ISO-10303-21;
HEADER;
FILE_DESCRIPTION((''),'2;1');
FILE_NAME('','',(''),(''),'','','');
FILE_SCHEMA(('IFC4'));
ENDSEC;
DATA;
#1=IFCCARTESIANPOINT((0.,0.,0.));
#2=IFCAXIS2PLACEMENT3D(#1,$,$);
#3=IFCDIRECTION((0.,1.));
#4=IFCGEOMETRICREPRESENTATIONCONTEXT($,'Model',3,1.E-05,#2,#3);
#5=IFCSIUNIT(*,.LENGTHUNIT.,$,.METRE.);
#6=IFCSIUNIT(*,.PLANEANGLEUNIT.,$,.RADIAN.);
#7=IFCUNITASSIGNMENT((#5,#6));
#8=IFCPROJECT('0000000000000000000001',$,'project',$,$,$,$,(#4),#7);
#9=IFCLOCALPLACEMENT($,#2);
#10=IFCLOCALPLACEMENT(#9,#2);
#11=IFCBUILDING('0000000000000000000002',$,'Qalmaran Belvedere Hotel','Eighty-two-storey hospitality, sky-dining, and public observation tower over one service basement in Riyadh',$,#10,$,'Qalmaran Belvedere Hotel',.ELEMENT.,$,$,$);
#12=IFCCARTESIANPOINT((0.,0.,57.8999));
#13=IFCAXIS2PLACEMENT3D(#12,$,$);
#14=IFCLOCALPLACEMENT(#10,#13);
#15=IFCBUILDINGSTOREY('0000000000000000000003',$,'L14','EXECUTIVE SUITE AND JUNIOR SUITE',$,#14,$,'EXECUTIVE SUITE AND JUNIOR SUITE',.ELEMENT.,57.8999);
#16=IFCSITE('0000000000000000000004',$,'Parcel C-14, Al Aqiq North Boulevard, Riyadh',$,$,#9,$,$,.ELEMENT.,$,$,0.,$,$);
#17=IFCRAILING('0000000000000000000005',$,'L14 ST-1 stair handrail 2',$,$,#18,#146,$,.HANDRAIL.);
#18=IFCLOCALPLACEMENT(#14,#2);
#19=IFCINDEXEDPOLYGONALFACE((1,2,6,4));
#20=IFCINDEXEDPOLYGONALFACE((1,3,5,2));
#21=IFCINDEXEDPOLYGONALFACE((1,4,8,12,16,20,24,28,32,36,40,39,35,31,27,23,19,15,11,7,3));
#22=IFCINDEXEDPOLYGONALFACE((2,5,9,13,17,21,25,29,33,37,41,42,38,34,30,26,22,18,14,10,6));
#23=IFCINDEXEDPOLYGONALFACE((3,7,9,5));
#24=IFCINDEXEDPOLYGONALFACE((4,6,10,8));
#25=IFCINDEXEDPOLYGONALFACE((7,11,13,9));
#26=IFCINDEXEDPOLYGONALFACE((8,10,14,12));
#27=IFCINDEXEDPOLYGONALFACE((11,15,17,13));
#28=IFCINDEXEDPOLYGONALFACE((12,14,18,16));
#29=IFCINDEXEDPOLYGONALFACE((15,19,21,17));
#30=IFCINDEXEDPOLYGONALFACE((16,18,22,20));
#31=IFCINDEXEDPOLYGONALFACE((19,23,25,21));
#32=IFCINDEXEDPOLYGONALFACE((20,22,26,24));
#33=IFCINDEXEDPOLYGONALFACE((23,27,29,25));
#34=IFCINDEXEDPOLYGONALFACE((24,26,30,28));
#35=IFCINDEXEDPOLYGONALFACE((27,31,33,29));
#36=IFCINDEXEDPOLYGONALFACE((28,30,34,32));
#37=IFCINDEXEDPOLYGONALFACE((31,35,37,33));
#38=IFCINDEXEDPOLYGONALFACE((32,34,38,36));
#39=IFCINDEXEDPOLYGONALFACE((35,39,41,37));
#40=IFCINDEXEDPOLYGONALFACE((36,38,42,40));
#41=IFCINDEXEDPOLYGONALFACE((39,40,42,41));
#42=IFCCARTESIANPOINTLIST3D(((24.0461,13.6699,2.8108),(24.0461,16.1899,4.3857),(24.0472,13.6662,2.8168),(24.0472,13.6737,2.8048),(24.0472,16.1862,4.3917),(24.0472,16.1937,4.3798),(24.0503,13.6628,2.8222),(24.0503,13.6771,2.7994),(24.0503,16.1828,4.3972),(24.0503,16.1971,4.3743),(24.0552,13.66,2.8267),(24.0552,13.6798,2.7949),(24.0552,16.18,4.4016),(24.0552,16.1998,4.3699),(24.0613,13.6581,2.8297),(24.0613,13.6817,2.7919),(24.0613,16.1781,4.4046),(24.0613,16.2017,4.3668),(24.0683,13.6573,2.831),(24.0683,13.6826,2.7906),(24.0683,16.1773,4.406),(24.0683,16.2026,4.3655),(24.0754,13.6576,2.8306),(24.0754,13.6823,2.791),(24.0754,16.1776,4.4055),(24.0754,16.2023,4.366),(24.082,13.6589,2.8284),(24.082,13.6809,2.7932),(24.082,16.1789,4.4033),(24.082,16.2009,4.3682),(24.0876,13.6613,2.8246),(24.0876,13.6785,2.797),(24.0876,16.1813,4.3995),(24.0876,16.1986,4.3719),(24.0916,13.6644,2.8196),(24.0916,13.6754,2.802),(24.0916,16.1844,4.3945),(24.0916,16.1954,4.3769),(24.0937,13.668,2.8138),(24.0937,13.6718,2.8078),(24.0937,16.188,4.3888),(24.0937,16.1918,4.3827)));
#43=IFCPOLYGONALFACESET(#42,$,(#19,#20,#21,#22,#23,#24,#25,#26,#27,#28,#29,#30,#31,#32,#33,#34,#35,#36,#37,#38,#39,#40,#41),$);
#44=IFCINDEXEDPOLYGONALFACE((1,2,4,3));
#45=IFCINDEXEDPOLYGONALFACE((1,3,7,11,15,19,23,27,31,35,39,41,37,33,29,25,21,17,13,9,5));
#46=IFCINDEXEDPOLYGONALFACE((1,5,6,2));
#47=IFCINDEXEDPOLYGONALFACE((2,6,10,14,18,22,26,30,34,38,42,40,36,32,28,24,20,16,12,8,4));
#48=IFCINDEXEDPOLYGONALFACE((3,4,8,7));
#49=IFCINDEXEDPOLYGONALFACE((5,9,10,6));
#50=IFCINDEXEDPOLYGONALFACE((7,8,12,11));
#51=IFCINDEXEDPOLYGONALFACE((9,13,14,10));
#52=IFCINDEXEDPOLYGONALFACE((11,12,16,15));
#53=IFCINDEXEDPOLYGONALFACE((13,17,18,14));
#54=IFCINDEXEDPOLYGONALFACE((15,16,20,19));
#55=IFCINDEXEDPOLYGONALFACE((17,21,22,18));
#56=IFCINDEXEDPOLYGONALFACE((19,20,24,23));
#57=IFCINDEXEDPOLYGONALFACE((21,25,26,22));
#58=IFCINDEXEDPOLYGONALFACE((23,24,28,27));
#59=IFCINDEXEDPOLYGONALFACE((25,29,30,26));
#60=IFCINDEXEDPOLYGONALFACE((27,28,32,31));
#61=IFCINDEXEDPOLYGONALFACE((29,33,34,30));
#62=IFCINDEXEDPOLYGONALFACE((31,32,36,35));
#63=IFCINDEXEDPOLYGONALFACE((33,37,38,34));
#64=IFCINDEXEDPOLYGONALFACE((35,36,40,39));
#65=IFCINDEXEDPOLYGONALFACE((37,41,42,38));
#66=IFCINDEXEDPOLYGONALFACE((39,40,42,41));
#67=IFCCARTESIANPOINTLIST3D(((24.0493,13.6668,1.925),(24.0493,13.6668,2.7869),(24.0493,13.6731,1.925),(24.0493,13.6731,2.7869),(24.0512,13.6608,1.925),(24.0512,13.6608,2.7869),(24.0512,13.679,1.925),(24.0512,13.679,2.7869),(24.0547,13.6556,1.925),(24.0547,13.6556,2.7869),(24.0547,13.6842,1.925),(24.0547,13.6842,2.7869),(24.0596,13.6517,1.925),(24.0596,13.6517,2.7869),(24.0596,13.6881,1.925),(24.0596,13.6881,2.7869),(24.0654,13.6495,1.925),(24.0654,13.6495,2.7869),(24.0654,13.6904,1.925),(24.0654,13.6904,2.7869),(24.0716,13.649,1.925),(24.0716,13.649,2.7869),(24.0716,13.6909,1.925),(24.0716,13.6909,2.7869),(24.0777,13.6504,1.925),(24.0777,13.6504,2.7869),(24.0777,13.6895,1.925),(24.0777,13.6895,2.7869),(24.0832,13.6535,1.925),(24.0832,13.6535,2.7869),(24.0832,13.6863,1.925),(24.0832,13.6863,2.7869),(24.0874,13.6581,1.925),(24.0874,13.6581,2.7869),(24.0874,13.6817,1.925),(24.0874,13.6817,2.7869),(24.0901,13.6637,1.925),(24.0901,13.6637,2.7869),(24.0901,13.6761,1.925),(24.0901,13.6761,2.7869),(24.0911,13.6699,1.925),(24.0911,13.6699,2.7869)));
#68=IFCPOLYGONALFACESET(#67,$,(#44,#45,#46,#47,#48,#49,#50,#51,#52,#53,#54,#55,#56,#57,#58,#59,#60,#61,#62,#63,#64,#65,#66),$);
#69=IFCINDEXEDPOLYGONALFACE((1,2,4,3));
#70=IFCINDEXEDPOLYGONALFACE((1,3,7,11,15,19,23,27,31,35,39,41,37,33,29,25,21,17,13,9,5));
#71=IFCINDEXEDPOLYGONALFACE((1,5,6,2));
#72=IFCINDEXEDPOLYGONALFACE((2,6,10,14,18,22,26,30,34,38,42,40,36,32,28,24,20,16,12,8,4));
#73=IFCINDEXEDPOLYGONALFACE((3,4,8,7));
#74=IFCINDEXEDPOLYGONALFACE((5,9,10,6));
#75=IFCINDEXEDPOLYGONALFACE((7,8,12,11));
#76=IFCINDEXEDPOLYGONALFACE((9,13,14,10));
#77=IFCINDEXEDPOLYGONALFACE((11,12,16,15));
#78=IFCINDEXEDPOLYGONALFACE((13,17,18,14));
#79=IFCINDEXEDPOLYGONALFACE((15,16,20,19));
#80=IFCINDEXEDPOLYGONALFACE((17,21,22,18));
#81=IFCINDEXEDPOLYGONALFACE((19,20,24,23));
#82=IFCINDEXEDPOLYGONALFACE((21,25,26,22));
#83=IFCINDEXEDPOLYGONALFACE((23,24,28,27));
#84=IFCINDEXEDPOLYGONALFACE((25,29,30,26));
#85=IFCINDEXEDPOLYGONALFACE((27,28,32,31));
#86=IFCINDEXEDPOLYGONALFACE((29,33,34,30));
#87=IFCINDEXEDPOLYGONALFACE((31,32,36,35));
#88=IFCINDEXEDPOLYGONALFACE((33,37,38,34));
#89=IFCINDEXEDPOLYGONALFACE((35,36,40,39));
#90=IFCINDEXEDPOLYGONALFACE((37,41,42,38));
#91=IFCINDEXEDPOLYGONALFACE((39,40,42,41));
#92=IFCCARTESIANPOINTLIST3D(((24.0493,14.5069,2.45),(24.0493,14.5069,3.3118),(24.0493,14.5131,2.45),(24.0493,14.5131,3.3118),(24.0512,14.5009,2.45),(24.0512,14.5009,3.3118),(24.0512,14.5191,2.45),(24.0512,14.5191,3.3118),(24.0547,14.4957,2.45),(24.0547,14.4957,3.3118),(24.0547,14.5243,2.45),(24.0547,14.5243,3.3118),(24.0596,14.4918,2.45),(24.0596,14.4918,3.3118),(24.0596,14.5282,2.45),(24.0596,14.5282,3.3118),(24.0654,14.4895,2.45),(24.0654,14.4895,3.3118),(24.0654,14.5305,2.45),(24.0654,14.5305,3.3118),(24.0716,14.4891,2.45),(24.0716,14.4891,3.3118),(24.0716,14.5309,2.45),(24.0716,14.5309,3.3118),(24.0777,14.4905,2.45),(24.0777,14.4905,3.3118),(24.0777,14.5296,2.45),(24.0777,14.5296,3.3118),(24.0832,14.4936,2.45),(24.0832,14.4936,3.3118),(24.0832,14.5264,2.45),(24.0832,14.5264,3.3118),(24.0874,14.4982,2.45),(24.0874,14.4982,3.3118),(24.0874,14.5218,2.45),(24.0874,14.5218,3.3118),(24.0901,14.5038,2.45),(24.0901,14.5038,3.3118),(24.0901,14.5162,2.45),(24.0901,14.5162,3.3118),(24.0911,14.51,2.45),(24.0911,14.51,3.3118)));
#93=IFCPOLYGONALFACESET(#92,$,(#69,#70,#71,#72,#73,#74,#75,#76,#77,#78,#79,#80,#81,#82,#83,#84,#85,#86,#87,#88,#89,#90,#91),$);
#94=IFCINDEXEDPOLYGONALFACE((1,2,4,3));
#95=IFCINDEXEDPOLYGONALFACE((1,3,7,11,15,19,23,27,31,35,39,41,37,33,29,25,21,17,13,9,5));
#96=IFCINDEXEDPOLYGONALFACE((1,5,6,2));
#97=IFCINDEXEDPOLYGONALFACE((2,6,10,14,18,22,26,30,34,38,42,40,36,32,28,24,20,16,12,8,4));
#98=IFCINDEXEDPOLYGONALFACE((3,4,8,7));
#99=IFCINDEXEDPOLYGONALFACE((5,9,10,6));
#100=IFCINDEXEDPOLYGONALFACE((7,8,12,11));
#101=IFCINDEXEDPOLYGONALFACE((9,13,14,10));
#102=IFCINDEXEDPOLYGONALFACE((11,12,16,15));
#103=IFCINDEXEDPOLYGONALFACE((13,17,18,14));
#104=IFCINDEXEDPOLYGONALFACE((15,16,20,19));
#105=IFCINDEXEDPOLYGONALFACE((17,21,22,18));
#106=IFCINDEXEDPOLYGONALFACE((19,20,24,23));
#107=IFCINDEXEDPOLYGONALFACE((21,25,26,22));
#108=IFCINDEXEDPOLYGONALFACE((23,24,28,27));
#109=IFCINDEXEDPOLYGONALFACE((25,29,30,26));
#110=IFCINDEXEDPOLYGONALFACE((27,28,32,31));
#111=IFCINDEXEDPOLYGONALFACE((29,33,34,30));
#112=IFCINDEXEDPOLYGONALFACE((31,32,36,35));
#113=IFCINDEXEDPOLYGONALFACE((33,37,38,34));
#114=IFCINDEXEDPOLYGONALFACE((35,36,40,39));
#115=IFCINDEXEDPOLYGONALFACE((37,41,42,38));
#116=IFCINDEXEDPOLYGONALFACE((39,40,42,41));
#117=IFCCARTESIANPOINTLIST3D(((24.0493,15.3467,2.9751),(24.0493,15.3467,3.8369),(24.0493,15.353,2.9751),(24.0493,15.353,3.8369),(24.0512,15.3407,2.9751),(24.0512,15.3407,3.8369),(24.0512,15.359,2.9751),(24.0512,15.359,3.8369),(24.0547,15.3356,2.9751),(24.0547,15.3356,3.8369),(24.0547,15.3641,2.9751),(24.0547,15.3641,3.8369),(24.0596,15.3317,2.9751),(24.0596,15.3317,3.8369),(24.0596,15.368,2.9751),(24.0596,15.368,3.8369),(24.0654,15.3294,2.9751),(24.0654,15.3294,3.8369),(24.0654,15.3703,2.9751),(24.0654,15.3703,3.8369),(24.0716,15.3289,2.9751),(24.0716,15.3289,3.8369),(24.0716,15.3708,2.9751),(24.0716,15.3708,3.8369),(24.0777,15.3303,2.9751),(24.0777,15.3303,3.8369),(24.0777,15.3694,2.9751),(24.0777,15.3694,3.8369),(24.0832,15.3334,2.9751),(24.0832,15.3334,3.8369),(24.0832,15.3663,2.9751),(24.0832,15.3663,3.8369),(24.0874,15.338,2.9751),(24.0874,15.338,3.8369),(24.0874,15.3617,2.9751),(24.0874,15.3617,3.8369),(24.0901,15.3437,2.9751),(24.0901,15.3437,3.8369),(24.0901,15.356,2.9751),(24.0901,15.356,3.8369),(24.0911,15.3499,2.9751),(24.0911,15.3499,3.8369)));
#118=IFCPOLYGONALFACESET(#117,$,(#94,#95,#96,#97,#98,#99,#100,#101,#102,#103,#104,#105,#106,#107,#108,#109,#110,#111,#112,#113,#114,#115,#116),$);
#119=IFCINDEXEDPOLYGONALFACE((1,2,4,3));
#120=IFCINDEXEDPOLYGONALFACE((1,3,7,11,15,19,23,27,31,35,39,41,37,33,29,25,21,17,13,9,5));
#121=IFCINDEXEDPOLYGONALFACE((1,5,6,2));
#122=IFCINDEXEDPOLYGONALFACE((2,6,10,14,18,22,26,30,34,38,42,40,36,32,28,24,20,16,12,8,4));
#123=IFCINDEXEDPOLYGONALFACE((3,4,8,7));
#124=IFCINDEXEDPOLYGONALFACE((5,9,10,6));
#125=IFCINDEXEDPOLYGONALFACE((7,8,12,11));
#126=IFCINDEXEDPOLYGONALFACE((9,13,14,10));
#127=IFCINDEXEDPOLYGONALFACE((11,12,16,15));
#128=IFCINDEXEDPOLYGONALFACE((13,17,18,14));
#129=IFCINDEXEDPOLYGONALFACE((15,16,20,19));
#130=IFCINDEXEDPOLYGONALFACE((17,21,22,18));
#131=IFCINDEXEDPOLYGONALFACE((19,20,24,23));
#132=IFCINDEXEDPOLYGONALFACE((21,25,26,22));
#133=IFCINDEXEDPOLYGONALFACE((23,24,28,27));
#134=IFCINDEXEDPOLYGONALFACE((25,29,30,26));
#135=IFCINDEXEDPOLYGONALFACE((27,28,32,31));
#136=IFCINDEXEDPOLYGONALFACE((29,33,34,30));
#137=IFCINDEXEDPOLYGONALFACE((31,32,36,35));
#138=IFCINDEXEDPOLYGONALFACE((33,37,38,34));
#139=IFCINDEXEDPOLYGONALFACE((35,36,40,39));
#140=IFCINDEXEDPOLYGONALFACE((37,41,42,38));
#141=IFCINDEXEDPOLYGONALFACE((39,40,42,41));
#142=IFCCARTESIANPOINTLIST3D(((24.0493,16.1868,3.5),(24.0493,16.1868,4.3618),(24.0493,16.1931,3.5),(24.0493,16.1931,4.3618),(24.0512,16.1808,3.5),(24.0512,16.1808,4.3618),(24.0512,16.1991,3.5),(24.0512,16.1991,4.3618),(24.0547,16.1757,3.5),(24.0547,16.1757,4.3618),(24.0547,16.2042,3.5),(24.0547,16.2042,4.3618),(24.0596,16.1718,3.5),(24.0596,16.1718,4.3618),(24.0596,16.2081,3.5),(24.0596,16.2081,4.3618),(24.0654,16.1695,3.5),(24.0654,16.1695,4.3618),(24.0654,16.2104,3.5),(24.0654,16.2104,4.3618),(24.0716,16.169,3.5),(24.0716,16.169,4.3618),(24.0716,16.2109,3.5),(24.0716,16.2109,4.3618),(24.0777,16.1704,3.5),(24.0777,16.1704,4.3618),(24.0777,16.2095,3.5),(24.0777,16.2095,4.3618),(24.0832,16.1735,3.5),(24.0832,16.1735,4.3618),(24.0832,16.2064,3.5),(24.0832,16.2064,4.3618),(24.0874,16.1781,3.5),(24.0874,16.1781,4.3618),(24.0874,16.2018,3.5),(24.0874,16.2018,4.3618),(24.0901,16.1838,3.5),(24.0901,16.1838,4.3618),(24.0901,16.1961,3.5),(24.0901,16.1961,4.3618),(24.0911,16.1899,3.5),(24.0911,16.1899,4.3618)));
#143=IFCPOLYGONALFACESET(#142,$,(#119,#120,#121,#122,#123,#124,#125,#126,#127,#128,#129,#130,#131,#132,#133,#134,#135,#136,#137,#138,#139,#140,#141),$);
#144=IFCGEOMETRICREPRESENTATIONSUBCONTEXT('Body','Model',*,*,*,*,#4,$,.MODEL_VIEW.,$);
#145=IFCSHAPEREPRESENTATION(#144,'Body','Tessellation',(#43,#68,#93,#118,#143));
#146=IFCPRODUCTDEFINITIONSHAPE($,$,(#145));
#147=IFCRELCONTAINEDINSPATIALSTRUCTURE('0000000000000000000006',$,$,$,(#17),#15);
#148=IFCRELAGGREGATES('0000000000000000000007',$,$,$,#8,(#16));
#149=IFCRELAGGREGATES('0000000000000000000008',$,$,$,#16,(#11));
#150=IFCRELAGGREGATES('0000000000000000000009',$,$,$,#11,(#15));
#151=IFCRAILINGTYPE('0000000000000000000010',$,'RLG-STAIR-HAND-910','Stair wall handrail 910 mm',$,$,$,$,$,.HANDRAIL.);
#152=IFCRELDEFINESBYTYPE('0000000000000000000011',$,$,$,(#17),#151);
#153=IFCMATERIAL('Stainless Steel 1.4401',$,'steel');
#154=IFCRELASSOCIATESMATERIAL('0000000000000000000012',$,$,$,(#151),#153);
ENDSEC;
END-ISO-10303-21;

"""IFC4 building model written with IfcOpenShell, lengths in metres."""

from ifc_helpers import new_model, si_unit, direction, frame, origin, origin_2d, place, context, subcontext, project, spatial, circle, extrude, material, type_object, element, save


model = new_model("IFC4")

# Units and contexts
model_context = context("Model", 3, precision=1e-05, world=origin(), true_north=direction((0.0, 1.0)))
body_context = subcontext(model_context, "Body", "Model", "MODEL_VIEW")
ifc_project = project(units=[si_unit("LENGTHUNIT", "METRE"), si_unit("PLANEANGLEUNIT", "RADIAN")], contexts=[model_context])

# Site, building, storey
site_placement = place(None, origin())
site = spatial("IfcSite", under=ifc_project, at=site_placement, Name="Parcel C-14, Al Aqiq North Boulevard, Riyadh", CompositionType="ELEMENT", RefElevation=0.0)
building_placement = place(site_placement, origin())
building = spatial("IfcBuilding", under=site, at=building_placement, Name="Qalmaran Belvedere Hotel", Description="Eighty-two-storey hospitality, sky-dining, and public observation tower over one service basement in Riyadh", LongName="Qalmaran Belvedere Hotel", CompositionType="ELEMENT")
storey_placement = place(building_placement, frame((0.0, 0.0, 57.8999)))
storey = spatial("IfcBuildingStorey", under=building, at=storey_placement, Name="L14", Description="EXECUTIVE SUITE AND JUNIOR SUITE", LongName="EXECUTIVE SUITE AND JUNIOR SUITE", CompositionType="ELEMENT", Elevation=57.8999)

# Railing
ifc_material_1 = material(Name="Stainless Steel 1.4401", Category="steel")
railing_type_1 = type_object("IfcRailingType", Name="RLG-STAIR-HAND-910", Description="Stair wall handrail 910 mm", PredefinedType="HANDRAIL", material=ifc_material_1)
railing_1_placement = place(storey_placement, frame((24.0701, 13.6699, 1.925)))
element("IfcRailing", 1, at=railing_1_placement, inside=storey, type_object=railing_type_1, Name="L14 ST-1 stair handrail 2", PredefinedType="HANDRAIL", context=body_context, shape_type="SweptSolid", body=[
    extrude(circle(Radius=0.0239, at=origin_2d()), frame((0.0, 0.0, 0.8857), z_axis=(0.0, 0.848008, 0.529984), x_axis=(-1.0, 0.0, 0.0)), (0.0, 0.0, 1.0), 2.9717),
    extrude(circle(Radius=0.021, at=origin_2d()), origin(), (0.0, 0.0, 1.0), 0.8618),
    extrude(circle(Radius=0.021, at=origin_2d()), frame((0.0, 0.8401, 0.5249)), (0.0, 0.0, 1.0), 0.8618),
    extrude(circle(Radius=0.021, at=origin_2d()), frame((0.0, 1.6799, 1.05)), (0.0, 0.0, 1.0), 0.8618),
    extrude(circle(Radius=0.021, at=origin_2d()), frame((0.0, 2.52, 1.575)), (0.0, 0.0, 1.0), 0.8618),
])

save(model, "model.ifc")
